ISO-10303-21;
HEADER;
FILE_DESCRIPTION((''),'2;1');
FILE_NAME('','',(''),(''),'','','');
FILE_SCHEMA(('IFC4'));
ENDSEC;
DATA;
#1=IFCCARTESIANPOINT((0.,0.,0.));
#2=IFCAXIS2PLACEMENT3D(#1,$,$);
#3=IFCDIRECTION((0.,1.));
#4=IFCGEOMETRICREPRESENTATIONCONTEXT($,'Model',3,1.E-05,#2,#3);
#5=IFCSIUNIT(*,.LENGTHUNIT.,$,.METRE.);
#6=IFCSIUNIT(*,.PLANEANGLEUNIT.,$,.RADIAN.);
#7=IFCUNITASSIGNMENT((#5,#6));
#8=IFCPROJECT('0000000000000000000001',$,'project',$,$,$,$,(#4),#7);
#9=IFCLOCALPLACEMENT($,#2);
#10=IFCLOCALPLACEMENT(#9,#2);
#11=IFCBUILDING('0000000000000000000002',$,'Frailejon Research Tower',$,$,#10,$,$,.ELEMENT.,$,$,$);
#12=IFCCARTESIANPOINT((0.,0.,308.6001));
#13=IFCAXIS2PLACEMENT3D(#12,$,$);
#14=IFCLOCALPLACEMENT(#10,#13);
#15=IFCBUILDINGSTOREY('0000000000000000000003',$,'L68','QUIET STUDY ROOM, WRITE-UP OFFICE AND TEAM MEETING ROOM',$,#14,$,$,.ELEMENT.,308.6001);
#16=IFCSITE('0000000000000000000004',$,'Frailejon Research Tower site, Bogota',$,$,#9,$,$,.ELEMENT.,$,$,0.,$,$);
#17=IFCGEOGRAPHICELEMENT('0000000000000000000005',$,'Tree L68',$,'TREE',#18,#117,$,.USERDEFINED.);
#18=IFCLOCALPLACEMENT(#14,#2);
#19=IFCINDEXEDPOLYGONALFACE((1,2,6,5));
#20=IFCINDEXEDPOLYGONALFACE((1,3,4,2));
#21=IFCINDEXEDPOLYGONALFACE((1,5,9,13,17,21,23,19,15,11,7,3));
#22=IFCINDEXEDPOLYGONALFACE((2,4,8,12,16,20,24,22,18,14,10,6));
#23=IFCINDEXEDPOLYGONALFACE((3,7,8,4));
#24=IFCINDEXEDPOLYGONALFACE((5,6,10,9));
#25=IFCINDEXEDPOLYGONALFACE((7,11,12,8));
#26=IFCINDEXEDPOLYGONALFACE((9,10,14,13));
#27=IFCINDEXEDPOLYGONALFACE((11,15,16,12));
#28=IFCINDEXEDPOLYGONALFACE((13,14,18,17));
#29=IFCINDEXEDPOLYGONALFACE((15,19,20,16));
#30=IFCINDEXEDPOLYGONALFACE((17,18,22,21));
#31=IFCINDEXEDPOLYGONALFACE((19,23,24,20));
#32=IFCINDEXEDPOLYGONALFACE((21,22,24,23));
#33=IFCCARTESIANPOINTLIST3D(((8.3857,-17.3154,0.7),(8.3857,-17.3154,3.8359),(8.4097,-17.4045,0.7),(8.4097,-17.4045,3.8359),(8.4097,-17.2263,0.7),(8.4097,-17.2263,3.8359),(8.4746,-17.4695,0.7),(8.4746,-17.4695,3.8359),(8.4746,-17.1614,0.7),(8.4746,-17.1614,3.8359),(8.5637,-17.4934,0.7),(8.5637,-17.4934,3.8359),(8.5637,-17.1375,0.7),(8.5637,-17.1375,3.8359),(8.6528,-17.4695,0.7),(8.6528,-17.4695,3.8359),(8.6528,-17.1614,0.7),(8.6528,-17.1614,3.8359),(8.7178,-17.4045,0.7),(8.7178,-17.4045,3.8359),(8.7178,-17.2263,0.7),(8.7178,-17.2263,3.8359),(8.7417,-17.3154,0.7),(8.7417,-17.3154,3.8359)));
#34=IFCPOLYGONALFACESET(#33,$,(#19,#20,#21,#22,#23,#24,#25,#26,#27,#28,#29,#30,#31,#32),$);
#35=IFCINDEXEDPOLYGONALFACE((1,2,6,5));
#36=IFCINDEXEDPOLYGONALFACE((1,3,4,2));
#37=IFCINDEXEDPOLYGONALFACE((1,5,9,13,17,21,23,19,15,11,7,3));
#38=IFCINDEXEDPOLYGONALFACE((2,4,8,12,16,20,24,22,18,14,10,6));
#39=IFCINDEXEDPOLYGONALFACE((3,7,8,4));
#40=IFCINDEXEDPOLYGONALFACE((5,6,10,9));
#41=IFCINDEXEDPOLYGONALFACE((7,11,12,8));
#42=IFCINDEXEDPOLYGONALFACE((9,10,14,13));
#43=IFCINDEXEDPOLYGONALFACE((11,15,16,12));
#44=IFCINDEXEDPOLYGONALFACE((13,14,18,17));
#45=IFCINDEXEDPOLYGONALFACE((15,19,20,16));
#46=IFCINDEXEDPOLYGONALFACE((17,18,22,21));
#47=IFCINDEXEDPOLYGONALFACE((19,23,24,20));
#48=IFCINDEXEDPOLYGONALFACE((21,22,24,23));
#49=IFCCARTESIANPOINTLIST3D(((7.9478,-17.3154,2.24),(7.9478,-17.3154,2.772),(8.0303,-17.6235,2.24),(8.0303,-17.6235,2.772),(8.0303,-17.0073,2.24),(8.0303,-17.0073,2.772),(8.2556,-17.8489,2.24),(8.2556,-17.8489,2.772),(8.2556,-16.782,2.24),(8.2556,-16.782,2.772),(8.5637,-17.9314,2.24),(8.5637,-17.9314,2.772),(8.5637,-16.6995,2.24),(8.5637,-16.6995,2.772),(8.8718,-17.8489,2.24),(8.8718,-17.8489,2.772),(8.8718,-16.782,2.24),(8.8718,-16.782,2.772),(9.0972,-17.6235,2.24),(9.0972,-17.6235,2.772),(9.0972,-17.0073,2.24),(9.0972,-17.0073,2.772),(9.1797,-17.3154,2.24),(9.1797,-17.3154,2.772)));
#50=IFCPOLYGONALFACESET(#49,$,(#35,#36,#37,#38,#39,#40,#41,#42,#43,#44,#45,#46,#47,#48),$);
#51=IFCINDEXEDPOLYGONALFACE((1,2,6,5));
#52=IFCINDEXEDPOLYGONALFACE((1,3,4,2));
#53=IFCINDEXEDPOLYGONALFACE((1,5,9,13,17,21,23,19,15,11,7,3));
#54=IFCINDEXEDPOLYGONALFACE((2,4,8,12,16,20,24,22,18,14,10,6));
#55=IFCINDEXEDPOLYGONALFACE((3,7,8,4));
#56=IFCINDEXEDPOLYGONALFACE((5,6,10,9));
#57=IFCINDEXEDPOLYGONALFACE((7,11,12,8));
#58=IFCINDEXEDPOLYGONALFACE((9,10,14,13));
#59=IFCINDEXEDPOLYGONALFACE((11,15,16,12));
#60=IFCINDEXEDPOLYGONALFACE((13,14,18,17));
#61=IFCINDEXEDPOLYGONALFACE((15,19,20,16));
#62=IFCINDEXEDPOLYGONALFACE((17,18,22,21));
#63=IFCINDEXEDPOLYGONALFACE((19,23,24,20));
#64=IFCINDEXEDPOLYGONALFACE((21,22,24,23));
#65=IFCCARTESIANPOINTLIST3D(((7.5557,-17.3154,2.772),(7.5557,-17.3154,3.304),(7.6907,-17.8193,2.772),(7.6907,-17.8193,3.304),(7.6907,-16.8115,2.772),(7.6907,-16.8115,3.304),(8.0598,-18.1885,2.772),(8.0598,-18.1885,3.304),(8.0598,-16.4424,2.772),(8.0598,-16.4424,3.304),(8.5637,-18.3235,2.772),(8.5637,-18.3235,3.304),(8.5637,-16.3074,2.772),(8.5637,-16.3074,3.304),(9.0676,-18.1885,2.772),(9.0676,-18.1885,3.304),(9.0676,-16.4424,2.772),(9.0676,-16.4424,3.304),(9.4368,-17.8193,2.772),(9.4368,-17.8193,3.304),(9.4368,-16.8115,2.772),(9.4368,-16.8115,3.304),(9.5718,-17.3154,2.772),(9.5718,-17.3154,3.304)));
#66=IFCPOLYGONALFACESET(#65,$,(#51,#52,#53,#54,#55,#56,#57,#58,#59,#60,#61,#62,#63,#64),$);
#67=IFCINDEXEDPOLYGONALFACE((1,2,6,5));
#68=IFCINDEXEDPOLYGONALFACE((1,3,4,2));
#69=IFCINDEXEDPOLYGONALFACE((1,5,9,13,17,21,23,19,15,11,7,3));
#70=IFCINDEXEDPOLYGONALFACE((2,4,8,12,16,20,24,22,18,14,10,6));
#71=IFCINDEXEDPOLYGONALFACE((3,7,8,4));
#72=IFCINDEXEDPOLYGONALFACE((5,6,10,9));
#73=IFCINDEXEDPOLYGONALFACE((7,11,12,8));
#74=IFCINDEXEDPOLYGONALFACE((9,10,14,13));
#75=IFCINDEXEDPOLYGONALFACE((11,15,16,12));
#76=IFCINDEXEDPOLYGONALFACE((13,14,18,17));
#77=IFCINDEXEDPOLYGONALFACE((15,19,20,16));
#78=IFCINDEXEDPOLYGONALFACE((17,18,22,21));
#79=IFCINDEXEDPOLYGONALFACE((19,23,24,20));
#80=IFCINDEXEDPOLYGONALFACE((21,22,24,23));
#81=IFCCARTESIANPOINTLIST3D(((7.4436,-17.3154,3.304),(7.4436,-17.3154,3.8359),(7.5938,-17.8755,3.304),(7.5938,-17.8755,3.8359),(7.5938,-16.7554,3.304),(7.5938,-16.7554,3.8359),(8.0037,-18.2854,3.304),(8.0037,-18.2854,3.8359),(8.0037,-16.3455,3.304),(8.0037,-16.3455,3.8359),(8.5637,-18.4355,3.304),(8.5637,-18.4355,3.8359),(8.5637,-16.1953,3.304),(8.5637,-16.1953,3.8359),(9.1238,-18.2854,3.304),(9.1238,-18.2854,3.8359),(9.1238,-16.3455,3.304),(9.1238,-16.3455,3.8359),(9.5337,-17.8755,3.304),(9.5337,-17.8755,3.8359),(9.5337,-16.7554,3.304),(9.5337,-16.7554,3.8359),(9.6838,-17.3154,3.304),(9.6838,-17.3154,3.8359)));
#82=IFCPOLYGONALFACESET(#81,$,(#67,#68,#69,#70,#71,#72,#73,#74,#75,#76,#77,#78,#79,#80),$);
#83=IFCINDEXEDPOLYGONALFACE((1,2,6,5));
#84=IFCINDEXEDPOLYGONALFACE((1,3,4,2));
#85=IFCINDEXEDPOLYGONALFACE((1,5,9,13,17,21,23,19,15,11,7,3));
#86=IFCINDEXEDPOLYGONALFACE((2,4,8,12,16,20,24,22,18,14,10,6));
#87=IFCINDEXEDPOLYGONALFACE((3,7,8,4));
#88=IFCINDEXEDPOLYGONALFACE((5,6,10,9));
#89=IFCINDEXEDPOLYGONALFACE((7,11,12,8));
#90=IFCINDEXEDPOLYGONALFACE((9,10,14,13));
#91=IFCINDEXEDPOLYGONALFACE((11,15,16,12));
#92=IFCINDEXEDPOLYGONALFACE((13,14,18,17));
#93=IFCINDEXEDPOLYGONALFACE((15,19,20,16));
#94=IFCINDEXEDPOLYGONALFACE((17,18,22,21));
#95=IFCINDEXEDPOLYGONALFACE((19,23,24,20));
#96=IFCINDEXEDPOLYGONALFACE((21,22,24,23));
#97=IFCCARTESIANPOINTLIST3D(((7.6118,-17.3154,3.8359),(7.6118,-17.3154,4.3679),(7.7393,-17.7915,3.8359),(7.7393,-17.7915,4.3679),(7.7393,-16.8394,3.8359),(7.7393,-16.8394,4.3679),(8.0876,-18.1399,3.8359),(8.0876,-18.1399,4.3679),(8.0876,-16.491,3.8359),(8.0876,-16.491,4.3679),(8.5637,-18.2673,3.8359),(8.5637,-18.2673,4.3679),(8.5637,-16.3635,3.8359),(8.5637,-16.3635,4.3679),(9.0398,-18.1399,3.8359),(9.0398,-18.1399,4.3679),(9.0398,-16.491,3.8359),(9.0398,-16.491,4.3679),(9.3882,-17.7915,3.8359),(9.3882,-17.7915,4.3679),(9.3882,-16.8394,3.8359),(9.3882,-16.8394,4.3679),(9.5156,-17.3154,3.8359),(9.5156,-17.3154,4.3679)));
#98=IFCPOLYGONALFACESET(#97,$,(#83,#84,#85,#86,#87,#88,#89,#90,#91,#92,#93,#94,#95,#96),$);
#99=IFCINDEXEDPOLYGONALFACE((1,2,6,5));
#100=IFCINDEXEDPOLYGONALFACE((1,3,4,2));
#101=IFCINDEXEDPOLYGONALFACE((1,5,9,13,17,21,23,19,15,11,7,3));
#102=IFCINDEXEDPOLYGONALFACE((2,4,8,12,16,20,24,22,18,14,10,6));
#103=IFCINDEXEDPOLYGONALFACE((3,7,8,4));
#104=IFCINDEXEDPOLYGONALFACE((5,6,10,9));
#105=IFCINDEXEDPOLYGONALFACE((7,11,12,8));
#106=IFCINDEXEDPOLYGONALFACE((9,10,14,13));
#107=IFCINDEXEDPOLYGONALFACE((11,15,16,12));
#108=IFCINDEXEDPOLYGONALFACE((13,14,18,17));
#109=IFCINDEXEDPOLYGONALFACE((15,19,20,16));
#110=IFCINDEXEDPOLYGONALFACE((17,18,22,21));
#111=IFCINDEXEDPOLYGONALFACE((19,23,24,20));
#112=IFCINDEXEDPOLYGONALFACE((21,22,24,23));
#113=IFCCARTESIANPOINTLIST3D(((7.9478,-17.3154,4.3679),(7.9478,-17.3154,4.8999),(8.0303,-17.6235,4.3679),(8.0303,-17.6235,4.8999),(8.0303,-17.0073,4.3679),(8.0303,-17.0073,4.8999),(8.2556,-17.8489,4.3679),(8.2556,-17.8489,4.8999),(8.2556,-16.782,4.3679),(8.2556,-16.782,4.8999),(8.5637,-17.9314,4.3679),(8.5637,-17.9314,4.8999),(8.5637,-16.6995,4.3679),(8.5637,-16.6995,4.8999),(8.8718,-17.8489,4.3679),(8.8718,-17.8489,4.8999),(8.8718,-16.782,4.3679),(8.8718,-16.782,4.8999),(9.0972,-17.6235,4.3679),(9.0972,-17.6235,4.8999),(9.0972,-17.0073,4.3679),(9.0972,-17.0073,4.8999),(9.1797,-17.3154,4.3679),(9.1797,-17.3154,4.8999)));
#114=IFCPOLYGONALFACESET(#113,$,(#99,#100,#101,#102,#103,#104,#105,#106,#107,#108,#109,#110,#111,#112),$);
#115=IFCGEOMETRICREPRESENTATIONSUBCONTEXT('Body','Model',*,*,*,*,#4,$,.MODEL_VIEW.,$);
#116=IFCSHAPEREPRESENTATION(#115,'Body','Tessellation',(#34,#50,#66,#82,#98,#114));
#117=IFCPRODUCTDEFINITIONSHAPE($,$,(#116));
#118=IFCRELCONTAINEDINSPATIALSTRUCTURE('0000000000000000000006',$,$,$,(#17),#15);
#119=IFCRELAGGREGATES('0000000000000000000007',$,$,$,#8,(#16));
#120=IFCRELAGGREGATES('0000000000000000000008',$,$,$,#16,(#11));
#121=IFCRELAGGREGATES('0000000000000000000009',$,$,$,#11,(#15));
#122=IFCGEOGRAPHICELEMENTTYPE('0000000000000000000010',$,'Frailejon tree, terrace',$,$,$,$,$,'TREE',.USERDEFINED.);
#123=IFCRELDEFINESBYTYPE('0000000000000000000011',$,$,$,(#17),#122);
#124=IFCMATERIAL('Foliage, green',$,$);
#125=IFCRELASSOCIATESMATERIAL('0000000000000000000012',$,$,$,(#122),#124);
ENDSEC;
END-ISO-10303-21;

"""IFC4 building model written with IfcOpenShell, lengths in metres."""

from ifc_helpers import new_model, si_unit, direction, frame, origin, place, context, subcontext, project, spatial, polyline, outline, extrude, material, type_object, element, save


model = new_model("IFC4")

# Units and contexts
model_context = context("Model", 3, precision=1e-05, world=origin(), true_north=direction((0.0, 1.0)))
body_context = subcontext(model_context, "Body", "Model", "MODEL_VIEW")
ifc_project = project(units=[si_unit("LENGTHUNIT", "METRE"), si_unit("PLANEANGLEUNIT", "RADIAN")], contexts=[model_context])

# Site, building, storey
site_placement = place(None, origin())
site = spatial("IfcSite", under=ifc_project, at=site_placement, Name="Frailejon Research Tower site, Bogota", CompositionType="ELEMENT", RefElevation=0.0)
building_placement = place(site_placement, origin())
building = spatial("IfcBuilding", under=site, at=building_placement, Name="Frailejon Research Tower", CompositionType="ELEMENT")
storey_placement = place(building_placement, frame((0.0, 0.0, 308.6001)))
storey = spatial("IfcBuildingStorey", under=building, at=storey_placement, Name="L68", Description="QUIET STUDY ROOM, WRITE-UP OFFICE AND TEAM MEETING ROOM", CompositionType="ELEMENT", Elevation=308.6001)

# Geographic element
ifc_material_1 = material(Name="Foliage, green")
geographic_element_type = type_object("IfcGeographicElementType", Name="Frailejon tree, terrace", ElementType="TREE", PredefinedType="USERDEFINED", material=ifc_material_1)
geographic_element_placement = place(storey_placement, frame((8.5637, -17.3154, 0.7)))
element("IfcGeographicElement", 1, at=geographic_element_placement, inside=storey, type_object=geographic_element_type, Name="Tree L68", ObjectType="TREE", PredefinedType="USERDEFINED", context=body_context, shape_type="SweptSolid", body=[
    extrude(outline(polyline([(0.178, 0.0), (0.1541, 0.0891), (0.0891, 0.1541), (0.0, 0.178), (-0.0891, 0.1541), (-0.1541, 0.0891), (-0.178, 0.0), (-0.1541, -0.0891), (-0.0891, -0.1541), (0.0, -0.178), (0.0891, -0.1541), (0.1541, -0.0891), (0.178, 0.0)])), origin(), (0.0, 0.0, 1.0), 3.136),
    extrude(outline(polyline([(0.616, 0.0), (0.5334, 0.3081), (0.3081, 0.5334), (0.0, 0.616), (-0.3081, 0.5334), (-0.5334, 0.3081), (-0.616, 0.0), (-0.5334, -0.3081), (-0.3081, -0.5334), (0.0, -0.616), (0.3081, -0.5334), (0.5334, -0.3081), (0.616, 0.0)])), frame((0.0, 0.0, 1.54)), (0.0, 0.0, 1.0), 0.532),
    extrude(outline(polyline([(1.0081, 0.0), (0.873, 0.5039), (0.5039, 0.873), (0.0, 1.0081), (-0.5039, 0.873), (-0.873, 0.5039), (-1.0081, 0.0), (-0.873, -0.5039), (-0.5039, -0.873), (0.0, -1.0081), (0.5039, -0.873), (0.873, -0.5039), (1.0081, 0.0)])), frame((0.0, 0.0, 2.072)), (0.0, 0.0, 1.0), 0.532),
    extrude(outline(polyline([(1.1201, 0.0), (0.97, 0.5601), (0.5601, 0.97), (0.0, 1.1201), (-0.5601, 0.97), (-0.97, 0.5601), (-1.1201, 0.0), (-0.97, -0.5601), (-0.5601, -0.97), (0.0, -1.1201), (0.5601, -0.97), (0.97, -0.5601), (1.1201, 0.0)])), frame((0.0, 0.0, 2.604)), (0.0, 0.0, 1.0), 0.532),
    extrude(outline(polyline([(0.9519, 0.0), (0.8245, 0.4761), (0.4761, 0.8245), (0.0, 0.9519), (-0.4761, 0.8245), (-0.8245, 0.4761), (-0.9519, 0.0), (-0.8245, -0.4761), (-0.4761, -0.8245), (0.0, -0.9519), (0.4761, -0.8245), (0.8245, -0.4761), (0.9519, 0.0)])), frame((0.0, 0.0, 3.136)), (0.0, 0.0, 1.0), 0.532),
    extrude(outline(polyline([(0.616, 0.0), (0.5334, 0.3081), (0.3081, 0.5334), (0.0, 0.616), (-0.3081, 0.5334), (-0.5334, 0.3081), (-0.616, 0.0), (-0.5334, -0.3081), (-0.3081, -0.5334), (0.0, -0.616), (0.3081, -0.5334), (0.5334, -0.3081), (0.616, 0.0)])), frame((0.0, 0.0, 3.668)), (0.0, 0.0, 1.0), 0.532),
])

save(model, "model.ifc")
